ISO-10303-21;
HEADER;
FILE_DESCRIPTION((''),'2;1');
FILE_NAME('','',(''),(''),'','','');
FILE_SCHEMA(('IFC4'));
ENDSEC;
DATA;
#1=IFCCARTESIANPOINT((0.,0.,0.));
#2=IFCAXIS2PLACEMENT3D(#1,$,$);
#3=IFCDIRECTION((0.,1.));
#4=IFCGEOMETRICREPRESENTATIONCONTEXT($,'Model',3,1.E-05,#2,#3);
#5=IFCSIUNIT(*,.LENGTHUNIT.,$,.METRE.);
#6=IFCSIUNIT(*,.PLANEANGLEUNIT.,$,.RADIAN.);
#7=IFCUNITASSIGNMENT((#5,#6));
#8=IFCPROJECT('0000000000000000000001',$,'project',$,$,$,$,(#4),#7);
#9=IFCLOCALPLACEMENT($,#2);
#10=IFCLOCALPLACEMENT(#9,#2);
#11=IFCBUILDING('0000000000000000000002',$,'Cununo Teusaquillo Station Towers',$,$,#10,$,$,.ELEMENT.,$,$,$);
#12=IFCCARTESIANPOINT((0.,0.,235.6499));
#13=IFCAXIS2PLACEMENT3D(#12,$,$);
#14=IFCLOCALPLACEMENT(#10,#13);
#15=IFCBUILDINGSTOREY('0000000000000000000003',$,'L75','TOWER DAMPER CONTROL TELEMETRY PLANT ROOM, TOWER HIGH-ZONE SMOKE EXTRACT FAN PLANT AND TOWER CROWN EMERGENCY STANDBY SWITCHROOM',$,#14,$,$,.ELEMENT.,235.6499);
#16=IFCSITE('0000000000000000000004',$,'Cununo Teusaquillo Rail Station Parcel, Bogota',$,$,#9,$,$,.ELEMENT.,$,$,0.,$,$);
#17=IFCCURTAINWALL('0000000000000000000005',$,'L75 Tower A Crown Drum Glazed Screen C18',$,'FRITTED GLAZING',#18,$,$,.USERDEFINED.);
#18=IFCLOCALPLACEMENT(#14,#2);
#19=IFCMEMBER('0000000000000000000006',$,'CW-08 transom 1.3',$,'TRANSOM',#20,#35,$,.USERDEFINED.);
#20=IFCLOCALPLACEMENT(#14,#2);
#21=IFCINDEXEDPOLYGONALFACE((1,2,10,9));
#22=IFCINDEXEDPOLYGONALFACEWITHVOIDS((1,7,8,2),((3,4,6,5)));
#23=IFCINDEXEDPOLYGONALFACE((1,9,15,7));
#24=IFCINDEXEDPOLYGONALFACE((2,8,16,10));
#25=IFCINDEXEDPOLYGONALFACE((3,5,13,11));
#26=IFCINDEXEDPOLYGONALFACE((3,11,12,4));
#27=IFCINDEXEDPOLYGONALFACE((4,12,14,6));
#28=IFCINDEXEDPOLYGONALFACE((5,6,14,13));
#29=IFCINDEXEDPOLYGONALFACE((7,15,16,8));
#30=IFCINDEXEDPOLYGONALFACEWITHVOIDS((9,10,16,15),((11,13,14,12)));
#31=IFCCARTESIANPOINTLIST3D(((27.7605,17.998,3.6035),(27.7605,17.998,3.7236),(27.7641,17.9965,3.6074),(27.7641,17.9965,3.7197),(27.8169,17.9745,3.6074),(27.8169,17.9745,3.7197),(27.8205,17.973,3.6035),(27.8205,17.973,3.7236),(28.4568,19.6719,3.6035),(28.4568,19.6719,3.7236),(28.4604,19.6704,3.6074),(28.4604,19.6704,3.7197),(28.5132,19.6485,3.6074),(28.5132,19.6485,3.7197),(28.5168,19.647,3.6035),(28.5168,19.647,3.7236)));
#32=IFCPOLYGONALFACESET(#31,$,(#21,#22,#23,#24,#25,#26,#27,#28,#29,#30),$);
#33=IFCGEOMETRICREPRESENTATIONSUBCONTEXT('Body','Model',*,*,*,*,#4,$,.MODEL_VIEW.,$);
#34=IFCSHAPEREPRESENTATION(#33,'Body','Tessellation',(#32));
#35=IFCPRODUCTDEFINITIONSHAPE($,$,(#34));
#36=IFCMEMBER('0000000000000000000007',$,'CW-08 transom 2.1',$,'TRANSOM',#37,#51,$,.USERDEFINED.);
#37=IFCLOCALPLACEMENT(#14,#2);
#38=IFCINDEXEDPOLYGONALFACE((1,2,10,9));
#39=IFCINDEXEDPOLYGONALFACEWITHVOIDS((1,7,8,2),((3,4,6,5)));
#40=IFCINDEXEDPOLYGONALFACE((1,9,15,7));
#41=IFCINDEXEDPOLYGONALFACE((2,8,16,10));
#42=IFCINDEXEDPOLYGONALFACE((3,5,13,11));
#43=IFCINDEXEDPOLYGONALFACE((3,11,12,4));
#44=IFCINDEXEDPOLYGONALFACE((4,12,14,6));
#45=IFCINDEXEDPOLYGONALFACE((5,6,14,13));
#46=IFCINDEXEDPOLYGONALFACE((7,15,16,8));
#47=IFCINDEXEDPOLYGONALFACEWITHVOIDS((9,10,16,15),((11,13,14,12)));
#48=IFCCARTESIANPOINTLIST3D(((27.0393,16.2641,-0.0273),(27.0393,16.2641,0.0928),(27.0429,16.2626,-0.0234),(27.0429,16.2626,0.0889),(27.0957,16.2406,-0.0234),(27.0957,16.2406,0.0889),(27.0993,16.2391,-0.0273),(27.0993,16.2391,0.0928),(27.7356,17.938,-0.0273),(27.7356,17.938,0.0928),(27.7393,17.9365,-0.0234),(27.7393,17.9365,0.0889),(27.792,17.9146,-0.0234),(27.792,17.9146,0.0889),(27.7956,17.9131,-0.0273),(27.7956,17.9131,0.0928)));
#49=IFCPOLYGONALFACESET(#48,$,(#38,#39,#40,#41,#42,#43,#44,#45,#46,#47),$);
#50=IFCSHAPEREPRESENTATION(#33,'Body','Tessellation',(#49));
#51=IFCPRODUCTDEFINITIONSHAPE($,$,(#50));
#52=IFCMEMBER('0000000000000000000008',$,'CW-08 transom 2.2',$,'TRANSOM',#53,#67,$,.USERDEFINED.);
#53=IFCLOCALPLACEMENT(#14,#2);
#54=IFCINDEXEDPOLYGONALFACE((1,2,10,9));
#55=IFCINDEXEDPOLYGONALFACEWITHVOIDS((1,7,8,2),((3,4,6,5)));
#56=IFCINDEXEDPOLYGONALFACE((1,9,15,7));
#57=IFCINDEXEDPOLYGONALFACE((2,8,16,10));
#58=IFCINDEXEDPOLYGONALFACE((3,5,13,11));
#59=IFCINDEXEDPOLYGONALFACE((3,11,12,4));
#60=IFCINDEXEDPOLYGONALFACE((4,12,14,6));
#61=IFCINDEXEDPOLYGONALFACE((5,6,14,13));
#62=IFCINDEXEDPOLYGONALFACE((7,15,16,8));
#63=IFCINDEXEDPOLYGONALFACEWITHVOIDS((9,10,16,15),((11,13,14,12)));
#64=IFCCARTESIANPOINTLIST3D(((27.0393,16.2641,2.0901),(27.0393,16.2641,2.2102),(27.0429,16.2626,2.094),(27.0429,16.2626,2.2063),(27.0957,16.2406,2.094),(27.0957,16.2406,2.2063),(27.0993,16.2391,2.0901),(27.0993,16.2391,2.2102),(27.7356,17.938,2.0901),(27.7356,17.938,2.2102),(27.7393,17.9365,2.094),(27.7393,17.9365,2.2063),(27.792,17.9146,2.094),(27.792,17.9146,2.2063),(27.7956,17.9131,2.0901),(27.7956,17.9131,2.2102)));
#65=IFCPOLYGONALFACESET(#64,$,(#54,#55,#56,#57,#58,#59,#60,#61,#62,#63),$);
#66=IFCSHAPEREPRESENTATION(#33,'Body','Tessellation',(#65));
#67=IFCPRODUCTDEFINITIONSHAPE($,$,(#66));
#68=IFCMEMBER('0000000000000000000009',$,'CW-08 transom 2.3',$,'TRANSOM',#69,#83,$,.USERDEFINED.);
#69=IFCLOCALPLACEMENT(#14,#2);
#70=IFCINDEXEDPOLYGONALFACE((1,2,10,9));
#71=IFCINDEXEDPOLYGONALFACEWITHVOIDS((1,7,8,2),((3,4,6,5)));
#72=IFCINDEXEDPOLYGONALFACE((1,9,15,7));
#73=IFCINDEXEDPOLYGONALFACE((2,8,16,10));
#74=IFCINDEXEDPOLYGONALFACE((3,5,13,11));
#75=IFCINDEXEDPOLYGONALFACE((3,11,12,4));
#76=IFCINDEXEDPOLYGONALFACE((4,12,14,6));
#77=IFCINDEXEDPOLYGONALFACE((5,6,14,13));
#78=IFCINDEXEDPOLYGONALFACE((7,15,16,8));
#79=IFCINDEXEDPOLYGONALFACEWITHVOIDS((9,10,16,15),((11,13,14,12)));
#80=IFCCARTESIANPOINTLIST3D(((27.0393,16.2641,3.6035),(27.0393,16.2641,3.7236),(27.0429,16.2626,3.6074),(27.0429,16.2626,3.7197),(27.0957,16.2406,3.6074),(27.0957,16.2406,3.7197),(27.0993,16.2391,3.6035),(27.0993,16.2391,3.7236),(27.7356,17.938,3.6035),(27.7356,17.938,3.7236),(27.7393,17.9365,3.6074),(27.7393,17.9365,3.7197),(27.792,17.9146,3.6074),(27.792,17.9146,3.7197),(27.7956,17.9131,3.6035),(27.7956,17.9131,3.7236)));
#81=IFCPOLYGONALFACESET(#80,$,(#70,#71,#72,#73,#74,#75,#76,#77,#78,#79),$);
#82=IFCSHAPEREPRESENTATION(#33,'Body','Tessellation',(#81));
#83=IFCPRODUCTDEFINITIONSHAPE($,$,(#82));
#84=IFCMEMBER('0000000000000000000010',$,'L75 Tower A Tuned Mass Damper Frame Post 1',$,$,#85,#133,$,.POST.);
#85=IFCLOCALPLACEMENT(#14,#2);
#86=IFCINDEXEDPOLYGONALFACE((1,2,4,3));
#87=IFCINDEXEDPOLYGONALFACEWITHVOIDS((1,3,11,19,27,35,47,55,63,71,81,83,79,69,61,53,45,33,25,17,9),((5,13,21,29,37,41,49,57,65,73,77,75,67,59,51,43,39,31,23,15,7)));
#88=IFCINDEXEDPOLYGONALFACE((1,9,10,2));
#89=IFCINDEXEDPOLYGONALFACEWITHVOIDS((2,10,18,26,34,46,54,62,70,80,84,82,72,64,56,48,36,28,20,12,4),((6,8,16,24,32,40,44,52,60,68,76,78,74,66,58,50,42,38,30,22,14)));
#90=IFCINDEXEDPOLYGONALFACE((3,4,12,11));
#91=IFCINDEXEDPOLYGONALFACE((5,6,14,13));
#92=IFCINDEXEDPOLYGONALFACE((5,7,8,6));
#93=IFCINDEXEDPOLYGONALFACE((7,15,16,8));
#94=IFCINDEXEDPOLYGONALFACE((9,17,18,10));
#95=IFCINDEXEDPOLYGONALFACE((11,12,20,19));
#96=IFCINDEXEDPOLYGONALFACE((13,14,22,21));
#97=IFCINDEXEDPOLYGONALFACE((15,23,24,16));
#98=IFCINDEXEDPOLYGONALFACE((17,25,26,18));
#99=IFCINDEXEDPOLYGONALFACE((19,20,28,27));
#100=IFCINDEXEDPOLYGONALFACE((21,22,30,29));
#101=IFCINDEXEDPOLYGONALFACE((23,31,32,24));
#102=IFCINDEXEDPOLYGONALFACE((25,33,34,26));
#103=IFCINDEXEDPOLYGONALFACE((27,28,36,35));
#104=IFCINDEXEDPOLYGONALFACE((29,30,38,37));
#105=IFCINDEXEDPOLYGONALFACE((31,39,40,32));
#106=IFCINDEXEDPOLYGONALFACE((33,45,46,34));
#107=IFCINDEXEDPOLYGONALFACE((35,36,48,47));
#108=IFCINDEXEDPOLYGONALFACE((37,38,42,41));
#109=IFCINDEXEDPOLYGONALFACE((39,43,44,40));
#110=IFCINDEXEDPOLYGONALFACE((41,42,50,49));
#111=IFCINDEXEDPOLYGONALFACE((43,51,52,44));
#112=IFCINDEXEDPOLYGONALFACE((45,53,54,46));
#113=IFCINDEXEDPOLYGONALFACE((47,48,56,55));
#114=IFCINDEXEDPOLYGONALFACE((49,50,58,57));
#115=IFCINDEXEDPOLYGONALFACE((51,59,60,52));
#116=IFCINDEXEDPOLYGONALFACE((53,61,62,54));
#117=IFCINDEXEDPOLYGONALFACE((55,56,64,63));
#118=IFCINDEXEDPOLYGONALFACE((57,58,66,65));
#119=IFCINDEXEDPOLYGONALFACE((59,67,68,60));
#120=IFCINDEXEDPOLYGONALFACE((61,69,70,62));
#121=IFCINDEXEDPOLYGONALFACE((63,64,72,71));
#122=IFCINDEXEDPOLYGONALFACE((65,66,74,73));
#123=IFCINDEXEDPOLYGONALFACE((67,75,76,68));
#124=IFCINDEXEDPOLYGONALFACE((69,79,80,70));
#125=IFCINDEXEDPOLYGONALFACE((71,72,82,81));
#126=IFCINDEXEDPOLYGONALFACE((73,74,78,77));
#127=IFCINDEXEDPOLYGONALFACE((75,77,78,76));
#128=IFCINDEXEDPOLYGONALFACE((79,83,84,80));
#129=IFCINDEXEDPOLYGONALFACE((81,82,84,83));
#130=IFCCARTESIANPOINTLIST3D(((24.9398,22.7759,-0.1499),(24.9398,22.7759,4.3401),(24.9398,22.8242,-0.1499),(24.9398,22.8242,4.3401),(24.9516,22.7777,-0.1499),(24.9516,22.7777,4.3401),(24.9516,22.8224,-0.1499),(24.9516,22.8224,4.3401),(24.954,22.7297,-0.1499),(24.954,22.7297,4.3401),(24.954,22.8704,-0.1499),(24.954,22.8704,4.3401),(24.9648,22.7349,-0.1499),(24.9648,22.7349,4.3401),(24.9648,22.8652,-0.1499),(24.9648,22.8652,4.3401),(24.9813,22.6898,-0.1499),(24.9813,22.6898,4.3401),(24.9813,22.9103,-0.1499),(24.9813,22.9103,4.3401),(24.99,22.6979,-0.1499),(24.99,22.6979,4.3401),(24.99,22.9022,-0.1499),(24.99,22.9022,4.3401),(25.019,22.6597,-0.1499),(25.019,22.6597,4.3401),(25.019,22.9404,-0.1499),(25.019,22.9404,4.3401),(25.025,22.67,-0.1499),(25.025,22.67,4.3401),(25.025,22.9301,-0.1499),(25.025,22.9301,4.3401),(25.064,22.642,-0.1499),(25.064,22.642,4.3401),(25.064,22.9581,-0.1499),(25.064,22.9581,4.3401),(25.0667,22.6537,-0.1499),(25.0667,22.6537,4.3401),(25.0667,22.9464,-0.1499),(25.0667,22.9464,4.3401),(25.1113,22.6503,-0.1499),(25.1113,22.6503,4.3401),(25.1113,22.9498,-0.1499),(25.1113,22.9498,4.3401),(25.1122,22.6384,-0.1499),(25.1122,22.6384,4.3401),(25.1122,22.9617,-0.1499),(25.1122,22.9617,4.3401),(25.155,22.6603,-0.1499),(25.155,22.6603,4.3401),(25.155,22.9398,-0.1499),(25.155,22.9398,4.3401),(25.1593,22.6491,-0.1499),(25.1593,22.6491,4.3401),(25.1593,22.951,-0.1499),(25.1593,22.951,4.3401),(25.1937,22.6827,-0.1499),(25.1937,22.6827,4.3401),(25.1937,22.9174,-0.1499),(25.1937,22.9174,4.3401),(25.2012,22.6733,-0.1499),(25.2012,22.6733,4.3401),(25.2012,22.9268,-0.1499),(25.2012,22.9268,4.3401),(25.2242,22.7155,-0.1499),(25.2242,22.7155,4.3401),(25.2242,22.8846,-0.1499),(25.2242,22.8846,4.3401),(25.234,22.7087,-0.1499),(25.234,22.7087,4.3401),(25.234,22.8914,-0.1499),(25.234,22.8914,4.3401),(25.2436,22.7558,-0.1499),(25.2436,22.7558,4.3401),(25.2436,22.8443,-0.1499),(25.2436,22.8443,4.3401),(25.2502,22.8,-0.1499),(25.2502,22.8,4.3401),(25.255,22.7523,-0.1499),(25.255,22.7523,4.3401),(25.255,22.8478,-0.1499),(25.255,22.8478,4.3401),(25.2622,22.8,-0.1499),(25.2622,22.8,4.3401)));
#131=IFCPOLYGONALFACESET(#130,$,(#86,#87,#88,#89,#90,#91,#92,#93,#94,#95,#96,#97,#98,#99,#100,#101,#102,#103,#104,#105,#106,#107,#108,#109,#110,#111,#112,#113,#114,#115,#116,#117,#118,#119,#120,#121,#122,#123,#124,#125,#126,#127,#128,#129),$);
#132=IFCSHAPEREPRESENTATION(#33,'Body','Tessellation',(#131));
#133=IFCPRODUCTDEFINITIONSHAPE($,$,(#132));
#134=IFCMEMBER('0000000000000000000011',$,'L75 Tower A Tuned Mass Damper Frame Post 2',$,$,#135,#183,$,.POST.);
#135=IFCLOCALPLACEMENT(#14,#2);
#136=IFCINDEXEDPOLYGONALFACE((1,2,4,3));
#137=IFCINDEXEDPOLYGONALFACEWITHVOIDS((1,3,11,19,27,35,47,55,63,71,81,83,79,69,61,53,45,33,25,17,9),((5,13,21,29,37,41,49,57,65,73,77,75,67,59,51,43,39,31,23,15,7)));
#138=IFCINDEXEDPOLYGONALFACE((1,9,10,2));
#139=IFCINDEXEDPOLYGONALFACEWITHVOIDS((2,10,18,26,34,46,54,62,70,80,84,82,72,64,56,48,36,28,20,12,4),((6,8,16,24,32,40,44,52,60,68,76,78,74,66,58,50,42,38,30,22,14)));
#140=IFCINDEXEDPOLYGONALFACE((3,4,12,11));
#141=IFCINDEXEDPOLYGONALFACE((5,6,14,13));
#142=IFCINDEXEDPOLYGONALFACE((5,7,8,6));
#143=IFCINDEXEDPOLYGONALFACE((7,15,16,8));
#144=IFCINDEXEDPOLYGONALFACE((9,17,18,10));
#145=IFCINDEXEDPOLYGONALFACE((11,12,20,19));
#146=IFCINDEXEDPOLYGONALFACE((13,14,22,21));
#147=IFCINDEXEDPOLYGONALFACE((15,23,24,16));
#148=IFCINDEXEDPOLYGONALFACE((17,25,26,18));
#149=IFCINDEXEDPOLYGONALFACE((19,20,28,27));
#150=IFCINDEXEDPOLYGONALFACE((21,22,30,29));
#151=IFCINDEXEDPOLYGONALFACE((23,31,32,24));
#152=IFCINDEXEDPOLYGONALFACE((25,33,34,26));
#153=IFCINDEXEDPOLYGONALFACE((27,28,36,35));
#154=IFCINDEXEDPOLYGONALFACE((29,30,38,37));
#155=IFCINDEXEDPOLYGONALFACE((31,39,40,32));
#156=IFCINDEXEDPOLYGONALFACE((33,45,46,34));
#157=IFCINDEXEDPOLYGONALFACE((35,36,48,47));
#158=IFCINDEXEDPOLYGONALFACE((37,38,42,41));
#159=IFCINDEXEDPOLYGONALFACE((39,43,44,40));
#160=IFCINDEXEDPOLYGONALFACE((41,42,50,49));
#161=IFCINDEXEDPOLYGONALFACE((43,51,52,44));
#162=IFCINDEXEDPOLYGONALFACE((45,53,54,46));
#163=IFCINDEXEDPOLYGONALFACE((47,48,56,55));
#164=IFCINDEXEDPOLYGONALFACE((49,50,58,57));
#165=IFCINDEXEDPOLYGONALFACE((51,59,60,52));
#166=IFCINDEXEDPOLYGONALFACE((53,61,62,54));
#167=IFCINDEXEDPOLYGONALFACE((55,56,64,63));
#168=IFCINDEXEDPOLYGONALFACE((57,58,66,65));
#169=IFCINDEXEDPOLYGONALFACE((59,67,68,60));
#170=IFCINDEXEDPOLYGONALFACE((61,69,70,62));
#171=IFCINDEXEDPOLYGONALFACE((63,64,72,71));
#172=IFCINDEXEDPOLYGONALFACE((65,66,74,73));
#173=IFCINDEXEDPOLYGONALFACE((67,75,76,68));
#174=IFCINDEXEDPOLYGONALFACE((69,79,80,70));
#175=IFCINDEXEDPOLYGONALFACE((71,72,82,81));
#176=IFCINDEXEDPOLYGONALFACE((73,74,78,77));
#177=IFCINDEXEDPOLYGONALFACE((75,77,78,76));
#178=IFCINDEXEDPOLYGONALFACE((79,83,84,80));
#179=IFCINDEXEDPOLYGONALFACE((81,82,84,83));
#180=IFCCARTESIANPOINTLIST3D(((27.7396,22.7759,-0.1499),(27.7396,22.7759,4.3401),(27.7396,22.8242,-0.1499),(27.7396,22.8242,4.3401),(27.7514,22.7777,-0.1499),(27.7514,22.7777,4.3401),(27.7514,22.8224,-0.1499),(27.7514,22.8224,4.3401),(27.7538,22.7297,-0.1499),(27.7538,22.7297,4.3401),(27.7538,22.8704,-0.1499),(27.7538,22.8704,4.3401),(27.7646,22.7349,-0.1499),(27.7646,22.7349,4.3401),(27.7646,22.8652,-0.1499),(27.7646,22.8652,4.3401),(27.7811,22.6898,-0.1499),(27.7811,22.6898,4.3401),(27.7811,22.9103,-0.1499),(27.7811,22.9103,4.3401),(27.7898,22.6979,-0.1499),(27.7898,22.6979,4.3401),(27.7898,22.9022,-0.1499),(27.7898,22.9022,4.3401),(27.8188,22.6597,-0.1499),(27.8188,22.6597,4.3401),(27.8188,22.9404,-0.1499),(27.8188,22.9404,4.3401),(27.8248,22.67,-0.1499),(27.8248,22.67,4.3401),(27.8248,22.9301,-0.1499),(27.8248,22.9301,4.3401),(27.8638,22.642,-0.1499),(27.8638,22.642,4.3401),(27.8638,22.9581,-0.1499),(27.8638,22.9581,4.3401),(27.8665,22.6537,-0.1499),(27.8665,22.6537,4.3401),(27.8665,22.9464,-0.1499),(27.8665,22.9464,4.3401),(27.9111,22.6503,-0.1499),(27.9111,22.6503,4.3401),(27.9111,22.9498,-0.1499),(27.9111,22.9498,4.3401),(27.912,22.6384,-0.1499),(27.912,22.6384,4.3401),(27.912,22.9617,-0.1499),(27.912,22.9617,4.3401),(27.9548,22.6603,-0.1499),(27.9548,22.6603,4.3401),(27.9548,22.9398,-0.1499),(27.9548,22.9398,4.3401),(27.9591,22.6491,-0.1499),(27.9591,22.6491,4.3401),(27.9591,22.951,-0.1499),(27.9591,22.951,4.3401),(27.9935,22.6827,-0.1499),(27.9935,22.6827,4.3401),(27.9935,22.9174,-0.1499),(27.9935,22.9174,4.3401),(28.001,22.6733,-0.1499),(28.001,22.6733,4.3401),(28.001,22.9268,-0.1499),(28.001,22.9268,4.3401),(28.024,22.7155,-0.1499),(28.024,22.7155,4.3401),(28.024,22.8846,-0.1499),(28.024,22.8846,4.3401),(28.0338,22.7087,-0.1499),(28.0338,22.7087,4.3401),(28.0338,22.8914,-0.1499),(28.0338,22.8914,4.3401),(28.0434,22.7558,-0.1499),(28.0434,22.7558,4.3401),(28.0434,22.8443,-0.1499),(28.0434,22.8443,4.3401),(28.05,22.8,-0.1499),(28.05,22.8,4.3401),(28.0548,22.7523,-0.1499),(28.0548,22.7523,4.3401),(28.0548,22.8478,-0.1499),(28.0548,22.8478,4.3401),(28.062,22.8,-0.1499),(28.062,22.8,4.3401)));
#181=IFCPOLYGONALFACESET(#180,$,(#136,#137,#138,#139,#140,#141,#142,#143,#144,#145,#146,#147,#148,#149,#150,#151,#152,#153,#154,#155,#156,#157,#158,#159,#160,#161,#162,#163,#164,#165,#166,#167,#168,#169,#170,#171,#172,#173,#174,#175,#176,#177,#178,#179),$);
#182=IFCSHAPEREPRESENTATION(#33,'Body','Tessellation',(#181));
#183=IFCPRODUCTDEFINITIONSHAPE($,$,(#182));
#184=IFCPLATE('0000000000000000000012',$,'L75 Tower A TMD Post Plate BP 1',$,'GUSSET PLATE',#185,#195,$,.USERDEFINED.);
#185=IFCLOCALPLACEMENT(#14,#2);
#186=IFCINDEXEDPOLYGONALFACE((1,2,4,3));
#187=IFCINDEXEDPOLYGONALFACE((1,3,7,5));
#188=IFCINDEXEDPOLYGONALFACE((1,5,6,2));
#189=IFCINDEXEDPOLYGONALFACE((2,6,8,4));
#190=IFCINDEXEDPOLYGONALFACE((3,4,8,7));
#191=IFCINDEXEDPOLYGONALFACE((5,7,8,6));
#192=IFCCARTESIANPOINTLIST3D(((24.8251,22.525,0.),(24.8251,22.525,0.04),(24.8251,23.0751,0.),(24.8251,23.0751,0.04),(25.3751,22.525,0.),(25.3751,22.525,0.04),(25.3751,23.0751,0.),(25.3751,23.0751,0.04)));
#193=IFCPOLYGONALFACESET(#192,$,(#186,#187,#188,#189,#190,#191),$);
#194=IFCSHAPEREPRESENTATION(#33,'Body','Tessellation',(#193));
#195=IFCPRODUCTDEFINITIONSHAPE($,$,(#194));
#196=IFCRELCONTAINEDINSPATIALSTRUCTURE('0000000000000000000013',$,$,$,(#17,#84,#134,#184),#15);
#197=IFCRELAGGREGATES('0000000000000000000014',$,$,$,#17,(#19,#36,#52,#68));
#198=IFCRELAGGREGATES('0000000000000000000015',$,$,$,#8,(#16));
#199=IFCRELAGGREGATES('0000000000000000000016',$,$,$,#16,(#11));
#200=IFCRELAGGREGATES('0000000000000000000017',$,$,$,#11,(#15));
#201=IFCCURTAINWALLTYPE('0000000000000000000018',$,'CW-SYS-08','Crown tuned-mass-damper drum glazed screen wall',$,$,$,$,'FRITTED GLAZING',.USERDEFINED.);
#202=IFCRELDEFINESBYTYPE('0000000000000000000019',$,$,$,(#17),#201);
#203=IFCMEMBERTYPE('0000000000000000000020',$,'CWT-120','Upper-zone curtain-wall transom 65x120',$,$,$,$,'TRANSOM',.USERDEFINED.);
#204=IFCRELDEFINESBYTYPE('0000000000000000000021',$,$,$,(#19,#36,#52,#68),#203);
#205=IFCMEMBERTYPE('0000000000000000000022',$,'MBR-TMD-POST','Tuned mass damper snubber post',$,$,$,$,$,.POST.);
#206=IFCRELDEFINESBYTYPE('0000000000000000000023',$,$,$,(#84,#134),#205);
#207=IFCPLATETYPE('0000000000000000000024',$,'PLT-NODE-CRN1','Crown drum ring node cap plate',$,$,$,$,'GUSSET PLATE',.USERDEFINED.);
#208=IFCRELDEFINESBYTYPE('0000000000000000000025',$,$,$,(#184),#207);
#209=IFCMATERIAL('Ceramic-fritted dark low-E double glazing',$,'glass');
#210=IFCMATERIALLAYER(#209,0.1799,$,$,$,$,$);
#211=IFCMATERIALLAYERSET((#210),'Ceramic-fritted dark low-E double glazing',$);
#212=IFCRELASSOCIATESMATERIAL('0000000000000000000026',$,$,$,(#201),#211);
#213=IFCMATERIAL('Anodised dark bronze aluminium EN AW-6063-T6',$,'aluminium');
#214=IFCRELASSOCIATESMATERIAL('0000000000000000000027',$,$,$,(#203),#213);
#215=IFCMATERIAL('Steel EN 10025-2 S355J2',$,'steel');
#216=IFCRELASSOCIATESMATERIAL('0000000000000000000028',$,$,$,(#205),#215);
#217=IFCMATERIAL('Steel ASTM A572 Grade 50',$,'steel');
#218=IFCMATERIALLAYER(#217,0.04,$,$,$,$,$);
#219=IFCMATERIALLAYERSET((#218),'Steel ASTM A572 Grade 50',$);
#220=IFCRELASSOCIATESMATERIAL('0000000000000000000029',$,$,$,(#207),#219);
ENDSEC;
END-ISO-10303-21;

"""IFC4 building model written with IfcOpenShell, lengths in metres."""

from ifc_helpers import new_model, si_unit, direction, frame, origin, origin_2d, place, context, subcontext, project, spatial, rectangle, hollow_rectangle, hollow_circle, extrude, source, transform, mapped, material, layer, layer_set, material_profile, profile_set, type_object, element, aggregate, save


model = new_model("IFC4")

# Units and contexts
model_context = context("Model", 3, precision=1e-05, world=origin(), true_north=direction((0.0, 1.0)))
body_context = subcontext(model_context, "Body", "Model", "MODEL_VIEW")
ifc_project = project(units=[si_unit("LENGTHUNIT", "METRE"), si_unit("PLANEANGLEUNIT", "RADIAN")], contexts=[model_context])

# Site, building, storey
site_placement = place(None, origin())
site = spatial("IfcSite", under=ifc_project, at=site_placement, Name="Cununo Teusaquillo Rail Station Parcel, Bogota", CompositionType="ELEMENT", RefElevation=0.0)
building_placement = place(site_placement, origin())
building = spatial("IfcBuilding", under=site, at=building_placement, Name="Cununo Teusaquillo Station Towers", CompositionType="ELEMENT")
storey_placement = place(building_placement, frame((0.0, 0.0, 235.6499)))
storey = spatial("IfcBuildingStorey", under=building, at=storey_placement, Name="L75", Description="TOWER DAMPER CONTROL TELEMETRY PLANT ROOM, TOWER HIGH-ZONE SMOKE EXTRACT FAN PLANT AND TOWER CROWN EMERGENCY STANDBY SWITCHROOM", CompositionType="ELEMENT", Elevation=235.6499)

# Curtain wall, members
ifc_material_1 = material(Name="Ceramic-fritted dark low-E double glazing", Category="glass")
ifc_layer_1 = layer(ifc_material_1, 0.1799)
ifc_layer_set_1 = layer_set([ifc_layer_1], Name="Ceramic-fritted dark low-E double glazing")
curtain_wall_type = type_object("IfcCurtainWallType", Name="CW-SYS-08", Description="Crown tuned-mass-damper drum glazed screen wall", ElementType="FRITTED GLAZING", PredefinedType="USERDEFINED", material=ifc_layer_set_1)
curtain_wall_placement = place(storey_placement, origin())
curtain_wall = element("IfcCurtainWall", 1, at=curtain_wall_placement, inside=storey, type_object=curtain_wall_type, Name="L75 Tower A Crown Drum Glazed Screen C18", ObjectType="FRITTED GLAZING", PredefinedType="USERDEFINED")
ifc_material_2 = material(Name="Anodised dark bronze aluminium EN AW-6063-T6", Category="aluminium")
ifc_material_profile_1 = material_profile(ifc_material_2, hollow_rectangle(XDim=0.0649, YDim=0.1201, WallThickness=0.0039, at=origin_2d()), Name="CW-TRAN-65x120")
ifc_profile_set_1 = profile_set([ifc_material_profile_1], Name="Anodised dark bronze aluminium EN AW-6063-T6")
member_type_1 = type_object("IfcMemberType", Name="CWT-120", Description="Upper-zone curtain-wall transom 65x120", ElementType="TRANSOM", PredefinedType="USERDEFINED", material=ifc_profile_set_1)
member_1_placement = place(storey_placement, frame((28.4868, 19.6594, 3.6636), z_axis=(-0.38408, -0.9233, 0.0), x_axis=(0.9233, -0.38408, 0.0)))
member_1 = element("IfcMember", 2, at=member_1_placement, type_object=member_type_1, Name="CW-08 transom 1.3", ObjectType="TRANSOM", PredefinedType="USERDEFINED", context=body_context, shape_type="SweptSolid", body=[
    extrude(hollow_rectangle(XDim=0.0649, YDim=0.1201, WallThickness=0.0039, at=origin_2d()), origin(), (0.0, 0.0, 1.0), 1.813),
])
member_2_placement = place(storey_placement, frame((27.7656, 17.9255, 0.0327), z_axis=(-0.38408, -0.9233, 0.0), x_axis=(0.9233, -0.38408, 0.0)))
member_2 = element("IfcMember", 3, at=member_2_placement, type_object=member_type_1, Name="CW-08 transom 2.1", ObjectType="TRANSOM", PredefinedType="USERDEFINED", context=body_context, shape_type="SweptSolid", body=[
    extrude(hollow_rectangle(XDim=0.0649, YDim=0.1201, WallThickness=0.0039, at=origin_2d()), origin(), (0.0, 0.0, 1.0), 1.813),
])
member_3_placement = place(storey_placement, frame((27.7656, 17.9255, 2.1501), z_axis=(-0.38408, -0.9233, 0.0), x_axis=(0.9233, -0.38408, 0.0)))
member_3 = element("IfcMember", 4, at=member_3_placement, type_object=member_type_1, Name="CW-08 transom 2.2", ObjectType="TRANSOM", PredefinedType="USERDEFINED", context=body_context, shape_type="SweptSolid", body=[
    extrude(hollow_rectangle(XDim=0.0649, YDim=0.1201, WallThickness=0.0039, at=origin_2d()), origin(), (0.0, 0.0, 1.0), 1.813),
])
member_4_placement = place(storey_placement, frame((27.7656, 17.9255, 3.6636), z_axis=(-0.38408, -0.9233, 0.0), x_axis=(0.9233, -0.38408, 0.0)))
member_4 = element("IfcMember", 5, at=member_4_placement, type_object=member_type_1, Name="CW-08 transom 2.3", ObjectType="TRANSOM", PredefinedType="USERDEFINED", context=body_context, shape_type="SweptSolid", body=[
    extrude(hollow_rectangle(XDim=0.0649, YDim=0.1201, WallThickness=0.0039, at=origin_2d()), origin(), (0.0, 0.0, 1.0), 1.813),
])

# Members
ifc_material_3 = material(Name="Steel EN 10025-2 S355J2", Category="steel")
ifc_material_profile_2 = material_profile(ifc_material_3, hollow_circle(Radius=0.1621, WallThickness=0.012, at=origin_2d()), Name="CHS 324x12")
ifc_profile_set_2 = profile_set([ifc_material_profile_2], Name="Steel EN 10025-2 S355J2")
member_type_2 = type_object("IfcMemberType", Name="MBR-TMD-POST", Description="Tuned mass damper snubber post", PredefinedType="POST", material=ifc_profile_set_2)
for number, where, z_axis, x_axis, name in (
    (6, (25.1001, 22.8, -0.1499), (0.0, 0.0, 1.0), (1.0, 0.0, 0.0), "L75 Tower A Tuned Mass Damper Frame Post 1"),
    (7, (27.8999, 22.8, -0.1499), (0.0, 0.0, 1.0), (1.0, 0.0, 0.0), "L75 Tower A Tuned Mass Damper Frame Post 2"),
):
    element("IfcMember", number, at=place(storey_placement, frame(where, z_axis=z_axis, x_axis=x_axis)), inside=storey, type_object=member_type_2, Name=name, PredefinedType="POST", context=body_context, shape_type="SweptSolid", body=[
        extrude(hollow_circle(Radius=0.1621, WallThickness=0.012, at=origin_2d()), origin(), (0.0, 0.0, 1.0), 4.49),
    ])

# Plate
ifc_material_4 = material(Name="Steel ASTM A572 Grade 50", Category="steel")
ifc_layer_2 = layer(ifc_material_4, 0.04)
ifc_layer_set_2 = layer_set([ifc_layer_2], Name="Steel ASTM A572 Grade 50")
plate_type_1 = type_object("IfcPlateType", Name="PLT-NODE-CRN1", Description="Crown drum ring node cap plate", ElementType="GUSSET PLATE", PredefinedType="USERDEFINED", material=ifc_layer_set_2)
shared_shape_1 = source(origin(), body_context, "Body", "SweptSolid", [
    extrude(rectangle(XDim=0.55, YDim=0.55, at=origin_2d()), origin(), (0.0, 0.0, 1.0), 0.04),
])
for number, where, z_axis, x_axis, name in (
    (8, (25.1001, 22.8, 0.0), (0.0, 0.0, 1.0), (1.0, 0.0, 0.0), "L75 Tower A TMD Post Plate BP 1"),
):
    element("IfcPlate", number, at=place(storey_placement, frame(where, z_axis=z_axis, x_axis=x_axis)), inside=storey, type_object=plate_type_1, Name=name, ObjectType="GUSSET PLATE", PredefinedType="USERDEFINED", context=body_context, shape_type="MappedRepresentation", body=[
        mapped(shared_shape_1, transform((0.0, 0.0, 0.0), x_axis=(1.0, 0.0, 0.0), y_axis=(0.0, 1.0, 0.0), z_axis=(0.0, 0.0, 1.0), scale=1.0)),
    ])

aggregate(curtain_wall, [member_1, member_2, member_3, member_4])

save(model, "model.ifc")
